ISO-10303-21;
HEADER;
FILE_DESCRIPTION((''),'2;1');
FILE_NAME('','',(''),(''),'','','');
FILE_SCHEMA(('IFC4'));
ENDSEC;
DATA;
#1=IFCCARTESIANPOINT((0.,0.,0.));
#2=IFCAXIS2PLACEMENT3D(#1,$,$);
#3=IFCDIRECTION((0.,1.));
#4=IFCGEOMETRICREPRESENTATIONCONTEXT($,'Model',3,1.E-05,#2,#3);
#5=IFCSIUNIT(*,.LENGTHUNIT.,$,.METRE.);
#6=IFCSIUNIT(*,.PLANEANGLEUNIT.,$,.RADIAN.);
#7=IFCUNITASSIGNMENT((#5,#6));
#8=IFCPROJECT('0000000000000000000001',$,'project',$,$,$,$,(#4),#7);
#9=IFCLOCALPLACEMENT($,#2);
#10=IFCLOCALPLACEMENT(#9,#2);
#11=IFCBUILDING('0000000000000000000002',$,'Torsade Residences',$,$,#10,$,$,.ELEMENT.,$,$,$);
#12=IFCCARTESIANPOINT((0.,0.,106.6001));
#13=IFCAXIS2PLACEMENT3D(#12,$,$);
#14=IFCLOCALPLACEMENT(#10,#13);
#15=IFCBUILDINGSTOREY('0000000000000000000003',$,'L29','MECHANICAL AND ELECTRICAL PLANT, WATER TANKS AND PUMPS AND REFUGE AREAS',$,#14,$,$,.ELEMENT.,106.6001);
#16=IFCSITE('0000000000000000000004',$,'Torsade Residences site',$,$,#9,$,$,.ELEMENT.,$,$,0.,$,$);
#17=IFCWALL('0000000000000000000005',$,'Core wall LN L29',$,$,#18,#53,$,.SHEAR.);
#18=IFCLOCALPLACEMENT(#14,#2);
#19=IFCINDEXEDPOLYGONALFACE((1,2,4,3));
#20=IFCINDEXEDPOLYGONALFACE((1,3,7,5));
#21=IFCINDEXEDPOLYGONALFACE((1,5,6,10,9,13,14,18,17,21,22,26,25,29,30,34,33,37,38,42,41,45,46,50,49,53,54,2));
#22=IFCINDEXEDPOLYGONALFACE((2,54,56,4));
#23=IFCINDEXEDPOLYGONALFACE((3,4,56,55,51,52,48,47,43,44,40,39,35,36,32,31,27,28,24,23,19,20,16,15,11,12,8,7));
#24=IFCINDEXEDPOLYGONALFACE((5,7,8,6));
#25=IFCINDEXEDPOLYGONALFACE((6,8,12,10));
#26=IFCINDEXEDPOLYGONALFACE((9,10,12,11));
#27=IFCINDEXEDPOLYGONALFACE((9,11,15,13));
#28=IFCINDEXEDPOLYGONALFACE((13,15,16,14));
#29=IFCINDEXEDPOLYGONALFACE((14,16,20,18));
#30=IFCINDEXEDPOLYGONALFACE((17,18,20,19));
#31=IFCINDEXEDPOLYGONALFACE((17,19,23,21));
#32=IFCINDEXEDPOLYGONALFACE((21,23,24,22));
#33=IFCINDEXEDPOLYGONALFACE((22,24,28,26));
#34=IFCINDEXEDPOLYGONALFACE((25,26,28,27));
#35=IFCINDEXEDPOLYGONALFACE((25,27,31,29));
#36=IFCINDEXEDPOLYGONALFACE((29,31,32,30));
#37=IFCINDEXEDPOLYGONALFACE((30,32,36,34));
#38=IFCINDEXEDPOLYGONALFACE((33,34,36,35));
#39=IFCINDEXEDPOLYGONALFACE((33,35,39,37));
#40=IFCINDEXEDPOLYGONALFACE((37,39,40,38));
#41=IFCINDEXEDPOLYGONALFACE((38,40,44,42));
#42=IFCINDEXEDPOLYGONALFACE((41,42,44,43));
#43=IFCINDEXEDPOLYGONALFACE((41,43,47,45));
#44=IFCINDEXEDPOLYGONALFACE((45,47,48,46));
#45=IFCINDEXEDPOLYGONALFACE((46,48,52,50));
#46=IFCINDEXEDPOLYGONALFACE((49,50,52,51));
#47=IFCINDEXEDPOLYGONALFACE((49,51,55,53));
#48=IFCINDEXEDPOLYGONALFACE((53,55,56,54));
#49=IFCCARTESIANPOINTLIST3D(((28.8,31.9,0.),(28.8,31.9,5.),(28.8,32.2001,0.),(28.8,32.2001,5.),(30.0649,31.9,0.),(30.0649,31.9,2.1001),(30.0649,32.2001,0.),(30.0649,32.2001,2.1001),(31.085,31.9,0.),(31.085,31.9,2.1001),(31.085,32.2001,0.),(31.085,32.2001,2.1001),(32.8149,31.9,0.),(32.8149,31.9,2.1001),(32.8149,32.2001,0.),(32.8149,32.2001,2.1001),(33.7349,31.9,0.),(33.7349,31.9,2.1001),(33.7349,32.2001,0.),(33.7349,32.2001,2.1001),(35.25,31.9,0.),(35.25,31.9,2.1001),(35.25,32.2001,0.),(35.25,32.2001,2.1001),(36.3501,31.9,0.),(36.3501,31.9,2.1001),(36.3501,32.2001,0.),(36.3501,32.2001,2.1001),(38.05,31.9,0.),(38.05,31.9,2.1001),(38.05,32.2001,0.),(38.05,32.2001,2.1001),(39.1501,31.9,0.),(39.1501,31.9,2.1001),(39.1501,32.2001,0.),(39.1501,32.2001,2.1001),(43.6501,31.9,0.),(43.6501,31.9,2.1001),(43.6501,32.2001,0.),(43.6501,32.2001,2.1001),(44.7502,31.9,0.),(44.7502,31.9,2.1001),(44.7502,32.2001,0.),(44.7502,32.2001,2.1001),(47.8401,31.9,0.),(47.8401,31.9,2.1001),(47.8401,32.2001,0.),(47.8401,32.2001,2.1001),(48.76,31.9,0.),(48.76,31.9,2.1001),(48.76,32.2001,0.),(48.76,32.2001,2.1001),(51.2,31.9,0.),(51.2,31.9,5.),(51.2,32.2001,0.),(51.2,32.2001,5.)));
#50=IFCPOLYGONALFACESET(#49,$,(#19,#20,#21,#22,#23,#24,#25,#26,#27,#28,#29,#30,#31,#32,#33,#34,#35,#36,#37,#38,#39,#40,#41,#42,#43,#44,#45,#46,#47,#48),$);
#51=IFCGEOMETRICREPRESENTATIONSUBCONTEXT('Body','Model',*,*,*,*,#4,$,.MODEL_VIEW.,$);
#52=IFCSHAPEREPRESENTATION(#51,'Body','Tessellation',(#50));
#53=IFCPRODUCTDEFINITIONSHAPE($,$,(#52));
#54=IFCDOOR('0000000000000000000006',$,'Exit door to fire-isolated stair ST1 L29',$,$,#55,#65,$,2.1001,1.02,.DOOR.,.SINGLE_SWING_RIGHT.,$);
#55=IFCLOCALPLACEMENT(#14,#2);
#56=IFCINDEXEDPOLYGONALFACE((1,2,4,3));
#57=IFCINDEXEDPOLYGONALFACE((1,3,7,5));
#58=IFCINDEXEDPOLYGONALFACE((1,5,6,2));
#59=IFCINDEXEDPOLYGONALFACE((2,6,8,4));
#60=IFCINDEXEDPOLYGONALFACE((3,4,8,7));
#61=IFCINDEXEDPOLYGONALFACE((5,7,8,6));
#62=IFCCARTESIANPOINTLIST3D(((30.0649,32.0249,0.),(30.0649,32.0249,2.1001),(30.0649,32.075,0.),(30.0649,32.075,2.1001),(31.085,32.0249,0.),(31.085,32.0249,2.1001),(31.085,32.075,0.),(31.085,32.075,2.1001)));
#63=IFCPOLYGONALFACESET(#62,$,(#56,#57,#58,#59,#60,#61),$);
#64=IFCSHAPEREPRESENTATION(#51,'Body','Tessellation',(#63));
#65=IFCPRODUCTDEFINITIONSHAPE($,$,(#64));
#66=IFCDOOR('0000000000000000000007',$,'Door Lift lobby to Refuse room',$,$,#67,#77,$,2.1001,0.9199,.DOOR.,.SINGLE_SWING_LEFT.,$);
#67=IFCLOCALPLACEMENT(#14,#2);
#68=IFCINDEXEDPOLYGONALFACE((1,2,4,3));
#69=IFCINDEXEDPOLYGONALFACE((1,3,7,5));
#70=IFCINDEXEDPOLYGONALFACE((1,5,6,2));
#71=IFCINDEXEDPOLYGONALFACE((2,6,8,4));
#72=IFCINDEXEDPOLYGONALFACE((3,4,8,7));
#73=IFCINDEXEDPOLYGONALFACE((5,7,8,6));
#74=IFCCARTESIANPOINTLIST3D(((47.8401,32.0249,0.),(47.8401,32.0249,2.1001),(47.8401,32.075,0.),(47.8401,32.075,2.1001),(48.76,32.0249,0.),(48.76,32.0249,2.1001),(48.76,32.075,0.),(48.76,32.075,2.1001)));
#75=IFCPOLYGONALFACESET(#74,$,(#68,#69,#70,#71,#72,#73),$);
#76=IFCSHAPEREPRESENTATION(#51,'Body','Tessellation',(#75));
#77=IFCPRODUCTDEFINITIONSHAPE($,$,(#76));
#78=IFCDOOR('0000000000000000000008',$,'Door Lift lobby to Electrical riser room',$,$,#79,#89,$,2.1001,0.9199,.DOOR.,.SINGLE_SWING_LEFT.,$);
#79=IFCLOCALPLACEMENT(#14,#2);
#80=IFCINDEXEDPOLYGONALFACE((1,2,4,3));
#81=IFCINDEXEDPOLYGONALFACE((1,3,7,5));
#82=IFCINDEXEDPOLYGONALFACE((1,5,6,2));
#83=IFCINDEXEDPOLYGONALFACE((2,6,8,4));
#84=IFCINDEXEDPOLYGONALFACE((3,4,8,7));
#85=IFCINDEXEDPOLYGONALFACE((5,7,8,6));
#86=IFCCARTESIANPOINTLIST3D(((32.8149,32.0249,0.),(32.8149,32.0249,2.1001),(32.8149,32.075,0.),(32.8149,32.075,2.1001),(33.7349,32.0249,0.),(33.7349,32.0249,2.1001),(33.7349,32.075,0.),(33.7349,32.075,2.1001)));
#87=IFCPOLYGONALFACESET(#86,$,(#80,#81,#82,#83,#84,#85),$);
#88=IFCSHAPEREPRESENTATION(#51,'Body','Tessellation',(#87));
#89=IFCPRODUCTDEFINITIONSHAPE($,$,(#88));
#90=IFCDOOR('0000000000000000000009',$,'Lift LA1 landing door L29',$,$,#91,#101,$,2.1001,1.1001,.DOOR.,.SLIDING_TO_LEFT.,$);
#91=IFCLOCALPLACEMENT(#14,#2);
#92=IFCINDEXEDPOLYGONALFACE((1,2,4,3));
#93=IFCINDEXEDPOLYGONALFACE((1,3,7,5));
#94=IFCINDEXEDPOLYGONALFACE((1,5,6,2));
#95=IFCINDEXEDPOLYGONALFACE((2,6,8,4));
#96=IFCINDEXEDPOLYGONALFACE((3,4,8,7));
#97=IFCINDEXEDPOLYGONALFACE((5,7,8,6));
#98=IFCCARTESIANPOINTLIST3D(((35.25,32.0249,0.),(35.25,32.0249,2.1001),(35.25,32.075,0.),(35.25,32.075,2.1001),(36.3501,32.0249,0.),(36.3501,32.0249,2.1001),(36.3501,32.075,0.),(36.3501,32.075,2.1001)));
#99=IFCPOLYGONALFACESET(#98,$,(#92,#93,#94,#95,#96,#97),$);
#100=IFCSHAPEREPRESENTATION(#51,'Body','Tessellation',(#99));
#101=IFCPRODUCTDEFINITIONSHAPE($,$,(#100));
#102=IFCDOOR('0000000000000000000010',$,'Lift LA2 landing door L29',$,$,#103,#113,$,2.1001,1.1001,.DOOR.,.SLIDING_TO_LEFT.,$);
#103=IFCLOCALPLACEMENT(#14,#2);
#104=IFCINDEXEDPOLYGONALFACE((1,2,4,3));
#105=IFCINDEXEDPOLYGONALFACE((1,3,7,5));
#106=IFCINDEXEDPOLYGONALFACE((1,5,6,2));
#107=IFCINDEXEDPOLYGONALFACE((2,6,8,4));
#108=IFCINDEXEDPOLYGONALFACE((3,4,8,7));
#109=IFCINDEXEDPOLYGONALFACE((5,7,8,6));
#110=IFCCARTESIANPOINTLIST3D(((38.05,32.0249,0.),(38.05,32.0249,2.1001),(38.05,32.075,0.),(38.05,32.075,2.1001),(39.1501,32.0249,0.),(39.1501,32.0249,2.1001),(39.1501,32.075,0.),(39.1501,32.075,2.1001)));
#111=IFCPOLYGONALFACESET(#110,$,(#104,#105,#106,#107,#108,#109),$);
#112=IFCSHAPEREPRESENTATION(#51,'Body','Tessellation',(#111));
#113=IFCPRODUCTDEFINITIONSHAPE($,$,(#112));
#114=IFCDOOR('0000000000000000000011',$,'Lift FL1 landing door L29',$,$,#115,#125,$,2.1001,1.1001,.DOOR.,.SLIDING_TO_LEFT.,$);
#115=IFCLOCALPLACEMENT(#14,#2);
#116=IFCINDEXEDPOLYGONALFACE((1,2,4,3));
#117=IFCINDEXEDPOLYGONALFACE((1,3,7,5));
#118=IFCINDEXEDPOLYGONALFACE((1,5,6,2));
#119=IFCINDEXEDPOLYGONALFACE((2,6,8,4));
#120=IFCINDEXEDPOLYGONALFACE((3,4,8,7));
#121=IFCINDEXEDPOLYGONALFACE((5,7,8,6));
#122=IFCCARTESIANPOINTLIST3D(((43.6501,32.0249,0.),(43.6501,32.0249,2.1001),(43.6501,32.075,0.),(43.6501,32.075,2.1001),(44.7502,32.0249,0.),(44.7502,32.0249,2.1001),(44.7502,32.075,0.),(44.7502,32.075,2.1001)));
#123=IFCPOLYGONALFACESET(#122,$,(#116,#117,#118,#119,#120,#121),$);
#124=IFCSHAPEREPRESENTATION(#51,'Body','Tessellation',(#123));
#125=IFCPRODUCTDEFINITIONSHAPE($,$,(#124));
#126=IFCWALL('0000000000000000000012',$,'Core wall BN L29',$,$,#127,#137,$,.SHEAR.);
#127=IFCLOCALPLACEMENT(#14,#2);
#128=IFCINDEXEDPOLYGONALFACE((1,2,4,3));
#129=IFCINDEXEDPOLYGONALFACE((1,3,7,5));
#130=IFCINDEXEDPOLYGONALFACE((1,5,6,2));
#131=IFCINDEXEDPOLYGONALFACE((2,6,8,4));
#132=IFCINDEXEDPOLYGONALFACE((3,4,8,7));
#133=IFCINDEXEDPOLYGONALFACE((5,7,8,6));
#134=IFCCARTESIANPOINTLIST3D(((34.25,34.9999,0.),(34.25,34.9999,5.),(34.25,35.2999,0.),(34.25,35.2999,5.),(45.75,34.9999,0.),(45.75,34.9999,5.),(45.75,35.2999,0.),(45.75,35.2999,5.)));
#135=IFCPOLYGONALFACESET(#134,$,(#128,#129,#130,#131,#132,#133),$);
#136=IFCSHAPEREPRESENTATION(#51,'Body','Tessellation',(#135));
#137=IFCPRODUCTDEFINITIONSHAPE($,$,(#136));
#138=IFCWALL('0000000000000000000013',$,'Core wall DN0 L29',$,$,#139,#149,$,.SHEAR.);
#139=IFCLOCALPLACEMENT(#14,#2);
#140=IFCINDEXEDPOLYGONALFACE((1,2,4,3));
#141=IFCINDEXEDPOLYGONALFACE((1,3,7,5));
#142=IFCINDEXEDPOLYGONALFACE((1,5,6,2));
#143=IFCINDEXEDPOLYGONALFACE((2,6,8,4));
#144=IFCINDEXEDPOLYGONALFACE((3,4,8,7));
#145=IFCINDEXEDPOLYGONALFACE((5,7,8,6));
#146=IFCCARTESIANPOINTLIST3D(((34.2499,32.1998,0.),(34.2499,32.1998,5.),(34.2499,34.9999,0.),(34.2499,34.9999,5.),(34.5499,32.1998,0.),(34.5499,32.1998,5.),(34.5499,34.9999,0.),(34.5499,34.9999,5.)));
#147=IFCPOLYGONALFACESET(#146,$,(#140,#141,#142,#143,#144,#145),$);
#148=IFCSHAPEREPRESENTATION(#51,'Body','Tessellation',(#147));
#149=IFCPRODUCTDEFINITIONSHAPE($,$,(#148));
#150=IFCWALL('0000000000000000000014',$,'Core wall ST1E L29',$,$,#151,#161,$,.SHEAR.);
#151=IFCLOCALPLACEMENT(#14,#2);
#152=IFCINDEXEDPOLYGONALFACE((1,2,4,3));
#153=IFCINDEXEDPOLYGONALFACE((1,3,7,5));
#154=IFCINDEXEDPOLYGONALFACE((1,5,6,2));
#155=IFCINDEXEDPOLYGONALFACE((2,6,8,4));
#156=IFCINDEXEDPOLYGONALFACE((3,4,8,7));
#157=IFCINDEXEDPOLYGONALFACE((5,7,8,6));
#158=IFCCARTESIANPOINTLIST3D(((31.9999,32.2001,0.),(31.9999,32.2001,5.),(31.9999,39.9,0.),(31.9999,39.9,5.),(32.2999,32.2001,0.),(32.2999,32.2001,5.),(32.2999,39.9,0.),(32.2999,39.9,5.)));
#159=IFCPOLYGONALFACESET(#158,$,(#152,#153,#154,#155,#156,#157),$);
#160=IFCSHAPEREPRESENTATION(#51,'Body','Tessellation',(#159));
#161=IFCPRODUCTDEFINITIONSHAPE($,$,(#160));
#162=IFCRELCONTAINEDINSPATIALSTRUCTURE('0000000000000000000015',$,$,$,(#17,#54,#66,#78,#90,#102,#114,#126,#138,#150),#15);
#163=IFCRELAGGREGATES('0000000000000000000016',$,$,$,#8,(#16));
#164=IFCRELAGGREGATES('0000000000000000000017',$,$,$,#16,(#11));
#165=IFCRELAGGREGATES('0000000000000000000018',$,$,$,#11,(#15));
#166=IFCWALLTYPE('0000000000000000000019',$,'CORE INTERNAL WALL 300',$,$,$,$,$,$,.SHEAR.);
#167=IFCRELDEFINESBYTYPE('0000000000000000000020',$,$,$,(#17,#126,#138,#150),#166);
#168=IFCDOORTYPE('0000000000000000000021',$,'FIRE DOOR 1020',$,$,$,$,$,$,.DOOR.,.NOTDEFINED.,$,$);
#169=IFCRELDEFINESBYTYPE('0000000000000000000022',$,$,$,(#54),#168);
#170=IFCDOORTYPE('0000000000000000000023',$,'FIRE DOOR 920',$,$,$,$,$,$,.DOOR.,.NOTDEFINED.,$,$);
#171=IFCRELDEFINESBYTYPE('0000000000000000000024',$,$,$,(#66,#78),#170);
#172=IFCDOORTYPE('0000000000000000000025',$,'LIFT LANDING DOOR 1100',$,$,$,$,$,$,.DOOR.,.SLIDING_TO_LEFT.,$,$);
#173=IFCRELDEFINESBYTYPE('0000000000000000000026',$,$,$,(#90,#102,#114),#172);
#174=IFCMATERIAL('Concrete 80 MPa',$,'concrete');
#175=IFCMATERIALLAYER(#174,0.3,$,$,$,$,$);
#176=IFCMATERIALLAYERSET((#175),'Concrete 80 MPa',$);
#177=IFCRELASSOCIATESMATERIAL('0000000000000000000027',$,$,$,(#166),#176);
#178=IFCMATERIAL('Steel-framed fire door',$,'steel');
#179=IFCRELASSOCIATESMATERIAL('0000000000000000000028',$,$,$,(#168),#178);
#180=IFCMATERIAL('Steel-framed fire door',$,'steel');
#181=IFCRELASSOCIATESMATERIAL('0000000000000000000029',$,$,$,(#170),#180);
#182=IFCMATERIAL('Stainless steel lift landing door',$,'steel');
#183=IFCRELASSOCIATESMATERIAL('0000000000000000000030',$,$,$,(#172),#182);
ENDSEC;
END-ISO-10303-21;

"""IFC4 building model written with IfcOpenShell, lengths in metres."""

from ifc_helpers import new_model, si_unit, direction, frame, frame_2d, origin, place, context, subcontext, project, spatial, rectangle, extrude, material, layer, layer_set, type_object, element, fill, save


model = new_model("IFC4")

# Units and contexts
model_context = context("Model", 3, precision=1e-05, world=origin(), true_north=direction((0.0, 1.0)))
body_context = subcontext(model_context, "Body", "Model", "MODEL_VIEW")
ifc_project = project(units=[si_unit("LENGTHUNIT", "METRE"), si_unit("PLANEANGLEUNIT", "RADIAN")], contexts=[model_context])

# Site, building, storey
site_placement = place(None, origin())
site = spatial("IfcSite", under=ifc_project, at=site_placement, Name="Torsade Residences site", CompositionType="ELEMENT", RefElevation=0.0)
building_placement = place(site_placement, origin())
building = spatial("IfcBuilding", under=site, at=building_placement, Name="Torsade Residences", CompositionType="ELEMENT")
storey_placement = place(building_placement, frame((0.0, 0.0, 106.6001)))
storey = spatial("IfcBuildingStorey", under=building, at=storey_placement, Name="L29", Description="MECHANICAL AND ELECTRICAL PLANT, WATER TANKS AND PUMPS AND REFUGE AREAS", CompositionType="ELEMENT", Elevation=106.6001)

# Wall, openings, doors
ifc_material_1 = material(Name="Concrete 80 MPa", Category="concrete")
ifc_layer_1 = layer(ifc_material_1, 0.3)
ifc_layer_set_1 = layer_set([ifc_layer_1], Name="Concrete 80 MPa")
wall_type_1 = type_object("IfcWallType", Name="CORE INTERNAL WALL 300", PredefinedType="SHEAR", material=ifc_layer_set_1)
wall_1_placement = place(storey_placement, frame((28.8, 32.05, 0.0), z_axis=(0.0, 0.0, 1.0), x_axis=(1.0, 0.0, 0.0)))
wall_1 = element("IfcWall", 1, at=wall_1_placement, inside=storey, type_object=wall_type_1, Name="Core wall LN L29", PredefinedType="SHEAR", context=body_context, shape_type="SweptSolid", body=[
    extrude(rectangle(XDim=22.3999, YDim=0.3, at=frame_2d((11.2, 0.0))), origin(), (0.0, 0.0, 1.0), 5.0),
])
opening_1_placement = place(wall_1_placement, frame((19.04, 0.0, 0.0)))
opening_1 = element("IfcOpeningElement", 2, at=opening_1_placement, cuts=wall_1, PredefinedType="OPENING", context=body_context, shape_type="SweptSolid", body=[
    extrude(rectangle(XDim=0.9199, YDim=2.1001, at=frame_2d((0.46, 1.05))), frame((0.0, 0.1599, 0.0), z_axis=(0.0, -1.0, 0.0), x_axis=(1.0, 0.0, 0.0)), (0.0, 0.0, 1.0), 0.3201),
])
opening_2_placement = place(wall_1_placement, frame((1.2649, 0.0, 0.0)))
opening_2 = element("IfcOpeningElement", 3, at=opening_2_placement, cuts=wall_1, PredefinedType="OPENING", context=body_context, shape_type="SweptSolid", body=[
    extrude(rectangle(XDim=1.02, YDim=2.1001, at=frame_2d((0.51, 1.05))), frame((0.0, 0.1599, 0.0), z_axis=(0.0, -1.0, 0.0), x_axis=(1.0, 0.0, 0.0)), (0.0, 0.0, 1.0), 0.3201),
])
opening_3_placement = place(wall_1_placement, frame((4.0149, 0.0, 0.0)))
opening_3 = element("IfcOpeningElement", 4, at=opening_3_placement, cuts=wall_1, PredefinedType="OPENING", context=body_context, shape_type="SweptSolid", body=[
    extrude(rectangle(XDim=0.9199, YDim=2.1001, at=frame_2d((0.46, 1.05))), frame((0.0, 0.1599, 0.0), z_axis=(0.0, -1.0, 0.0), x_axis=(1.0, 0.0, 0.0)), (0.0, 0.0, 1.0), 0.3201),
])
opening_4_placement = place(wall_1_placement, frame((6.45, 0.0, 0.0)))
opening_4 = element("IfcOpeningElement", 5, at=opening_4_placement, cuts=wall_1, PredefinedType="OPENING", context=body_context, shape_type="SweptSolid", body=[
    extrude(rectangle(XDim=1.1001, YDim=2.1001, at=frame_2d((0.55, 1.05))), frame((0.0, 0.1599, 0.0), z_axis=(0.0, -1.0, 0.0), x_axis=(1.0, 0.0, 0.0)), (0.0, 0.0, 1.0), 0.3201),
])
opening_5_placement = place(wall_1_placement, frame((9.25, 0.0, 0.0)))
opening_5 = element("IfcOpeningElement", 6, at=opening_5_placement, cuts=wall_1, PredefinedType="OPENING", context=body_context, shape_type="SweptSolid", body=[
    extrude(rectangle(XDim=1.1001, YDim=2.1001, at=frame_2d((0.55, 1.05))), frame((0.0, 0.1599, 0.0), z_axis=(0.0, -1.0, 0.0), x_axis=(1.0, 0.0, 0.0)), (0.0, 0.0, 1.0), 0.3201),
])
opening_6_placement = place(wall_1_placement, frame((14.8501, 0.0, 0.0)))
opening_6 = element("IfcOpeningElement", 7, at=opening_6_placement, cuts=wall_1, PredefinedType="OPENING", context=body_context, shape_type="SweptSolid", body=[
    extrude(rectangle(XDim=1.1001, YDim=2.1001, at=frame_2d((0.55, 1.05))), frame((0.0, 0.1599, 0.0), z_axis=(0.0, -1.0, 0.0), x_axis=(1.0, 0.0, 0.0)), (0.0, 0.0, 1.0), 0.3201),
])
ifc_material_2 = material(Name="Steel-framed fire door", Category="steel")
door_type_1 = type_object("IfcDoorType", Name="FIRE DOOR 1020", OperationType="NOTDEFINED", PredefinedType="DOOR", material=ifc_material_2)
door_1_placement = place(opening_2_placement, origin())
door_1 = element("IfcDoor", 8, at=door_1_placement, inside=storey, type_object=door_type_1, Name="Exit door to fire-isolated stair ST1 L29", OperationType="SINGLE_SWING_RIGHT", OverallHeight=2.1001, OverallWidth=1.02, PredefinedType="DOOR", context=body_context, shape_type="SweptSolid", body=[
    extrude(rectangle(XDim=1.02, YDim=2.1001, at=frame_2d((0.51, 1.05))), frame((0.0, 0.0249, 0.0), z_axis=(0.0, -1.0, 0.0), x_axis=(1.0, 0.0, 0.0)), (0.0, 0.0, 1.0), 0.05),
])
fill(opening_2, door_1)
ifc_material_3 = material(Name="Steel-framed fire door", Category="steel")
door_type_2 = type_object("IfcDoorType", Name="FIRE DOOR 920", OperationType="NOTDEFINED", PredefinedType="DOOR", material=ifc_material_3)
door_2_placement = place(opening_1_placement, origin())
door_2 = element("IfcDoor", 9, at=door_2_placement, inside=storey, type_object=door_type_2, Name="Door Lift lobby to Refuse room", OperationType="SINGLE_SWING_LEFT", OverallHeight=2.1001, OverallWidth=0.9199, PredefinedType="DOOR", context=body_context, shape_type="SweptSolid", body=[
    extrude(rectangle(XDim=0.9199, YDim=2.1001, at=frame_2d((0.46, 1.05))), frame((0.0, 0.0249, 0.0), z_axis=(0.0, -1.0, 0.0), x_axis=(1.0, 0.0, 0.0)), (0.0, 0.0, 1.0), 0.05),
])
fill(opening_1, door_2)
door_3_placement = place(opening_3_placement, origin())
door_3 = element("IfcDoor", 10, at=door_3_placement, inside=storey, type_object=door_type_2, Name="Door Lift lobby to Electrical riser room", OperationType="SINGLE_SWING_LEFT", OverallHeight=2.1001, OverallWidth=0.9199, PredefinedType="DOOR", context=body_context, shape_type="SweptSolid", body=[
    extrude(rectangle(XDim=0.9199, YDim=2.1001, at=frame_2d((0.46, 1.05))), frame((0.0, 0.0249, 0.0), z_axis=(0.0, -1.0, 0.0), x_axis=(1.0, 0.0, 0.0)), (0.0, 0.0, 1.0), 0.05),
])
fill(opening_3, door_3)
ifc_material_4 = material(Name="Stainless steel lift landing door", Category="steel")
door_type_3 = type_object("IfcDoorType", Name="LIFT LANDING DOOR 1100", OperationType="SLIDING_TO_LEFT", PredefinedType="DOOR", material=ifc_material_4)
door_4_placement = place(opening_4_placement, origin())
door_4 = element("IfcDoor", 11, at=door_4_placement, inside=storey, type_object=door_type_3, Name="Lift LA1 landing door L29", OperationType="SLIDING_TO_LEFT", OverallHeight=2.1001, OverallWidth=1.1001, PredefinedType="DOOR", context=body_context, shape_type="SweptSolid", body=[
    extrude(rectangle(XDim=1.1001, YDim=2.1001, at=frame_2d((0.55, 1.05))), frame((0.0, 0.0249, 0.0), z_axis=(0.0, -1.0, 0.0), x_axis=(1.0, 0.0, 0.0)), (0.0, 0.0, 1.0), 0.05),
])
fill(opening_4, door_4)
door_5_placement = place(opening_5_placement, origin())
door_5 = element("IfcDoor", 12, at=door_5_placement, inside=storey, type_object=door_type_3, Name="Lift LA2 landing door L29", OperationType="SLIDING_TO_LEFT", OverallHeight=2.1001, OverallWidth=1.1001, PredefinedType="DOOR", context=body_context, shape_type="SweptSolid", body=[
    extrude(rectangle(XDim=1.1001, YDim=2.1001, at=frame_2d((0.55, 1.05))), frame((0.0, 0.0249, 0.0), z_axis=(0.0, -1.0, 0.0), x_axis=(1.0, 0.0, 0.0)), (0.0, 0.0, 1.0), 0.05),
])
fill(opening_5, door_5)
door_6_placement = place(opening_6_placement, origin())
door_6 = element("IfcDoor", 13, at=door_6_placement, inside=storey, type_object=door_type_3, Name="Lift FL1 landing door L29", OperationType="SLIDING_TO_LEFT", OverallHeight=2.1001, OverallWidth=1.1001, PredefinedType="DOOR", context=body_context, shape_type="SweptSolid", body=[
    extrude(rectangle(XDim=1.1001, YDim=2.1001, at=frame_2d((0.55, 1.05))), frame((0.0, 0.0249, 0.0), z_axis=(0.0, -1.0, 0.0), x_axis=(1.0, 0.0, 0.0)), (0.0, 0.0, 1.0), 0.05),
])
fill(opening_6, door_6)

# Walls
wall_2_placement = place(storey_placement, frame((34.25, 35.1499, 0.0), z_axis=(0.0, 0.0, 1.0), x_axis=(1.0, 0.0, 0.0)))
element("IfcWall", 14, at=wall_2_placement, inside=storey, type_object=wall_type_1, Name="Core wall BN L29", PredefinedType="SHEAR", context=body_context, shape_type="SweptSolid", body=[
    extrude(rectangle(XDim=11.5, YDim=0.3, at=frame_2d((5.75, 0.0))), origin(), (0.0, 0.0, 1.0), 5.0),
])
wall_3_placement = place(storey_placement, frame((34.3999, 32.2, 0.0), z_axis=(0.0, 0.0, 1.0), x_axis=(0.0, 1.0, 0.0)))
element("IfcWall", 15, at=wall_3_placement, inside=storey, type_object=wall_type_1, Name="Core wall DN0 L29", PredefinedType="SHEAR", context=body_context, shape_type="SweptSolid", body=[
    extrude(rectangle(XDim=2.8, YDim=0.3, at=frame_2d((1.3999, 0.0))), origin(), (0.0, 0.0, 1.0), 5.0),
])
wall_4_placement = place(storey_placement, frame((32.1499, 32.2, 0.0), z_axis=(0.0, 0.0, 1.0), x_axis=(0.0, 1.0, 0.0)))
element("IfcWall", 16, at=wall_4_placement, inside=storey, type_object=wall_type_1, Name="Core wall ST1E L29", PredefinedType="SHEAR", context=body_context, shape_type="SweptSolid", body=[
    extrude(rectangle(XDim=7.7, YDim=0.3, at=frame_2d((3.8501, 0.0))), origin(), (0.0, 0.0, 1.0), 5.0),
])

save(model, "model.ifc")
